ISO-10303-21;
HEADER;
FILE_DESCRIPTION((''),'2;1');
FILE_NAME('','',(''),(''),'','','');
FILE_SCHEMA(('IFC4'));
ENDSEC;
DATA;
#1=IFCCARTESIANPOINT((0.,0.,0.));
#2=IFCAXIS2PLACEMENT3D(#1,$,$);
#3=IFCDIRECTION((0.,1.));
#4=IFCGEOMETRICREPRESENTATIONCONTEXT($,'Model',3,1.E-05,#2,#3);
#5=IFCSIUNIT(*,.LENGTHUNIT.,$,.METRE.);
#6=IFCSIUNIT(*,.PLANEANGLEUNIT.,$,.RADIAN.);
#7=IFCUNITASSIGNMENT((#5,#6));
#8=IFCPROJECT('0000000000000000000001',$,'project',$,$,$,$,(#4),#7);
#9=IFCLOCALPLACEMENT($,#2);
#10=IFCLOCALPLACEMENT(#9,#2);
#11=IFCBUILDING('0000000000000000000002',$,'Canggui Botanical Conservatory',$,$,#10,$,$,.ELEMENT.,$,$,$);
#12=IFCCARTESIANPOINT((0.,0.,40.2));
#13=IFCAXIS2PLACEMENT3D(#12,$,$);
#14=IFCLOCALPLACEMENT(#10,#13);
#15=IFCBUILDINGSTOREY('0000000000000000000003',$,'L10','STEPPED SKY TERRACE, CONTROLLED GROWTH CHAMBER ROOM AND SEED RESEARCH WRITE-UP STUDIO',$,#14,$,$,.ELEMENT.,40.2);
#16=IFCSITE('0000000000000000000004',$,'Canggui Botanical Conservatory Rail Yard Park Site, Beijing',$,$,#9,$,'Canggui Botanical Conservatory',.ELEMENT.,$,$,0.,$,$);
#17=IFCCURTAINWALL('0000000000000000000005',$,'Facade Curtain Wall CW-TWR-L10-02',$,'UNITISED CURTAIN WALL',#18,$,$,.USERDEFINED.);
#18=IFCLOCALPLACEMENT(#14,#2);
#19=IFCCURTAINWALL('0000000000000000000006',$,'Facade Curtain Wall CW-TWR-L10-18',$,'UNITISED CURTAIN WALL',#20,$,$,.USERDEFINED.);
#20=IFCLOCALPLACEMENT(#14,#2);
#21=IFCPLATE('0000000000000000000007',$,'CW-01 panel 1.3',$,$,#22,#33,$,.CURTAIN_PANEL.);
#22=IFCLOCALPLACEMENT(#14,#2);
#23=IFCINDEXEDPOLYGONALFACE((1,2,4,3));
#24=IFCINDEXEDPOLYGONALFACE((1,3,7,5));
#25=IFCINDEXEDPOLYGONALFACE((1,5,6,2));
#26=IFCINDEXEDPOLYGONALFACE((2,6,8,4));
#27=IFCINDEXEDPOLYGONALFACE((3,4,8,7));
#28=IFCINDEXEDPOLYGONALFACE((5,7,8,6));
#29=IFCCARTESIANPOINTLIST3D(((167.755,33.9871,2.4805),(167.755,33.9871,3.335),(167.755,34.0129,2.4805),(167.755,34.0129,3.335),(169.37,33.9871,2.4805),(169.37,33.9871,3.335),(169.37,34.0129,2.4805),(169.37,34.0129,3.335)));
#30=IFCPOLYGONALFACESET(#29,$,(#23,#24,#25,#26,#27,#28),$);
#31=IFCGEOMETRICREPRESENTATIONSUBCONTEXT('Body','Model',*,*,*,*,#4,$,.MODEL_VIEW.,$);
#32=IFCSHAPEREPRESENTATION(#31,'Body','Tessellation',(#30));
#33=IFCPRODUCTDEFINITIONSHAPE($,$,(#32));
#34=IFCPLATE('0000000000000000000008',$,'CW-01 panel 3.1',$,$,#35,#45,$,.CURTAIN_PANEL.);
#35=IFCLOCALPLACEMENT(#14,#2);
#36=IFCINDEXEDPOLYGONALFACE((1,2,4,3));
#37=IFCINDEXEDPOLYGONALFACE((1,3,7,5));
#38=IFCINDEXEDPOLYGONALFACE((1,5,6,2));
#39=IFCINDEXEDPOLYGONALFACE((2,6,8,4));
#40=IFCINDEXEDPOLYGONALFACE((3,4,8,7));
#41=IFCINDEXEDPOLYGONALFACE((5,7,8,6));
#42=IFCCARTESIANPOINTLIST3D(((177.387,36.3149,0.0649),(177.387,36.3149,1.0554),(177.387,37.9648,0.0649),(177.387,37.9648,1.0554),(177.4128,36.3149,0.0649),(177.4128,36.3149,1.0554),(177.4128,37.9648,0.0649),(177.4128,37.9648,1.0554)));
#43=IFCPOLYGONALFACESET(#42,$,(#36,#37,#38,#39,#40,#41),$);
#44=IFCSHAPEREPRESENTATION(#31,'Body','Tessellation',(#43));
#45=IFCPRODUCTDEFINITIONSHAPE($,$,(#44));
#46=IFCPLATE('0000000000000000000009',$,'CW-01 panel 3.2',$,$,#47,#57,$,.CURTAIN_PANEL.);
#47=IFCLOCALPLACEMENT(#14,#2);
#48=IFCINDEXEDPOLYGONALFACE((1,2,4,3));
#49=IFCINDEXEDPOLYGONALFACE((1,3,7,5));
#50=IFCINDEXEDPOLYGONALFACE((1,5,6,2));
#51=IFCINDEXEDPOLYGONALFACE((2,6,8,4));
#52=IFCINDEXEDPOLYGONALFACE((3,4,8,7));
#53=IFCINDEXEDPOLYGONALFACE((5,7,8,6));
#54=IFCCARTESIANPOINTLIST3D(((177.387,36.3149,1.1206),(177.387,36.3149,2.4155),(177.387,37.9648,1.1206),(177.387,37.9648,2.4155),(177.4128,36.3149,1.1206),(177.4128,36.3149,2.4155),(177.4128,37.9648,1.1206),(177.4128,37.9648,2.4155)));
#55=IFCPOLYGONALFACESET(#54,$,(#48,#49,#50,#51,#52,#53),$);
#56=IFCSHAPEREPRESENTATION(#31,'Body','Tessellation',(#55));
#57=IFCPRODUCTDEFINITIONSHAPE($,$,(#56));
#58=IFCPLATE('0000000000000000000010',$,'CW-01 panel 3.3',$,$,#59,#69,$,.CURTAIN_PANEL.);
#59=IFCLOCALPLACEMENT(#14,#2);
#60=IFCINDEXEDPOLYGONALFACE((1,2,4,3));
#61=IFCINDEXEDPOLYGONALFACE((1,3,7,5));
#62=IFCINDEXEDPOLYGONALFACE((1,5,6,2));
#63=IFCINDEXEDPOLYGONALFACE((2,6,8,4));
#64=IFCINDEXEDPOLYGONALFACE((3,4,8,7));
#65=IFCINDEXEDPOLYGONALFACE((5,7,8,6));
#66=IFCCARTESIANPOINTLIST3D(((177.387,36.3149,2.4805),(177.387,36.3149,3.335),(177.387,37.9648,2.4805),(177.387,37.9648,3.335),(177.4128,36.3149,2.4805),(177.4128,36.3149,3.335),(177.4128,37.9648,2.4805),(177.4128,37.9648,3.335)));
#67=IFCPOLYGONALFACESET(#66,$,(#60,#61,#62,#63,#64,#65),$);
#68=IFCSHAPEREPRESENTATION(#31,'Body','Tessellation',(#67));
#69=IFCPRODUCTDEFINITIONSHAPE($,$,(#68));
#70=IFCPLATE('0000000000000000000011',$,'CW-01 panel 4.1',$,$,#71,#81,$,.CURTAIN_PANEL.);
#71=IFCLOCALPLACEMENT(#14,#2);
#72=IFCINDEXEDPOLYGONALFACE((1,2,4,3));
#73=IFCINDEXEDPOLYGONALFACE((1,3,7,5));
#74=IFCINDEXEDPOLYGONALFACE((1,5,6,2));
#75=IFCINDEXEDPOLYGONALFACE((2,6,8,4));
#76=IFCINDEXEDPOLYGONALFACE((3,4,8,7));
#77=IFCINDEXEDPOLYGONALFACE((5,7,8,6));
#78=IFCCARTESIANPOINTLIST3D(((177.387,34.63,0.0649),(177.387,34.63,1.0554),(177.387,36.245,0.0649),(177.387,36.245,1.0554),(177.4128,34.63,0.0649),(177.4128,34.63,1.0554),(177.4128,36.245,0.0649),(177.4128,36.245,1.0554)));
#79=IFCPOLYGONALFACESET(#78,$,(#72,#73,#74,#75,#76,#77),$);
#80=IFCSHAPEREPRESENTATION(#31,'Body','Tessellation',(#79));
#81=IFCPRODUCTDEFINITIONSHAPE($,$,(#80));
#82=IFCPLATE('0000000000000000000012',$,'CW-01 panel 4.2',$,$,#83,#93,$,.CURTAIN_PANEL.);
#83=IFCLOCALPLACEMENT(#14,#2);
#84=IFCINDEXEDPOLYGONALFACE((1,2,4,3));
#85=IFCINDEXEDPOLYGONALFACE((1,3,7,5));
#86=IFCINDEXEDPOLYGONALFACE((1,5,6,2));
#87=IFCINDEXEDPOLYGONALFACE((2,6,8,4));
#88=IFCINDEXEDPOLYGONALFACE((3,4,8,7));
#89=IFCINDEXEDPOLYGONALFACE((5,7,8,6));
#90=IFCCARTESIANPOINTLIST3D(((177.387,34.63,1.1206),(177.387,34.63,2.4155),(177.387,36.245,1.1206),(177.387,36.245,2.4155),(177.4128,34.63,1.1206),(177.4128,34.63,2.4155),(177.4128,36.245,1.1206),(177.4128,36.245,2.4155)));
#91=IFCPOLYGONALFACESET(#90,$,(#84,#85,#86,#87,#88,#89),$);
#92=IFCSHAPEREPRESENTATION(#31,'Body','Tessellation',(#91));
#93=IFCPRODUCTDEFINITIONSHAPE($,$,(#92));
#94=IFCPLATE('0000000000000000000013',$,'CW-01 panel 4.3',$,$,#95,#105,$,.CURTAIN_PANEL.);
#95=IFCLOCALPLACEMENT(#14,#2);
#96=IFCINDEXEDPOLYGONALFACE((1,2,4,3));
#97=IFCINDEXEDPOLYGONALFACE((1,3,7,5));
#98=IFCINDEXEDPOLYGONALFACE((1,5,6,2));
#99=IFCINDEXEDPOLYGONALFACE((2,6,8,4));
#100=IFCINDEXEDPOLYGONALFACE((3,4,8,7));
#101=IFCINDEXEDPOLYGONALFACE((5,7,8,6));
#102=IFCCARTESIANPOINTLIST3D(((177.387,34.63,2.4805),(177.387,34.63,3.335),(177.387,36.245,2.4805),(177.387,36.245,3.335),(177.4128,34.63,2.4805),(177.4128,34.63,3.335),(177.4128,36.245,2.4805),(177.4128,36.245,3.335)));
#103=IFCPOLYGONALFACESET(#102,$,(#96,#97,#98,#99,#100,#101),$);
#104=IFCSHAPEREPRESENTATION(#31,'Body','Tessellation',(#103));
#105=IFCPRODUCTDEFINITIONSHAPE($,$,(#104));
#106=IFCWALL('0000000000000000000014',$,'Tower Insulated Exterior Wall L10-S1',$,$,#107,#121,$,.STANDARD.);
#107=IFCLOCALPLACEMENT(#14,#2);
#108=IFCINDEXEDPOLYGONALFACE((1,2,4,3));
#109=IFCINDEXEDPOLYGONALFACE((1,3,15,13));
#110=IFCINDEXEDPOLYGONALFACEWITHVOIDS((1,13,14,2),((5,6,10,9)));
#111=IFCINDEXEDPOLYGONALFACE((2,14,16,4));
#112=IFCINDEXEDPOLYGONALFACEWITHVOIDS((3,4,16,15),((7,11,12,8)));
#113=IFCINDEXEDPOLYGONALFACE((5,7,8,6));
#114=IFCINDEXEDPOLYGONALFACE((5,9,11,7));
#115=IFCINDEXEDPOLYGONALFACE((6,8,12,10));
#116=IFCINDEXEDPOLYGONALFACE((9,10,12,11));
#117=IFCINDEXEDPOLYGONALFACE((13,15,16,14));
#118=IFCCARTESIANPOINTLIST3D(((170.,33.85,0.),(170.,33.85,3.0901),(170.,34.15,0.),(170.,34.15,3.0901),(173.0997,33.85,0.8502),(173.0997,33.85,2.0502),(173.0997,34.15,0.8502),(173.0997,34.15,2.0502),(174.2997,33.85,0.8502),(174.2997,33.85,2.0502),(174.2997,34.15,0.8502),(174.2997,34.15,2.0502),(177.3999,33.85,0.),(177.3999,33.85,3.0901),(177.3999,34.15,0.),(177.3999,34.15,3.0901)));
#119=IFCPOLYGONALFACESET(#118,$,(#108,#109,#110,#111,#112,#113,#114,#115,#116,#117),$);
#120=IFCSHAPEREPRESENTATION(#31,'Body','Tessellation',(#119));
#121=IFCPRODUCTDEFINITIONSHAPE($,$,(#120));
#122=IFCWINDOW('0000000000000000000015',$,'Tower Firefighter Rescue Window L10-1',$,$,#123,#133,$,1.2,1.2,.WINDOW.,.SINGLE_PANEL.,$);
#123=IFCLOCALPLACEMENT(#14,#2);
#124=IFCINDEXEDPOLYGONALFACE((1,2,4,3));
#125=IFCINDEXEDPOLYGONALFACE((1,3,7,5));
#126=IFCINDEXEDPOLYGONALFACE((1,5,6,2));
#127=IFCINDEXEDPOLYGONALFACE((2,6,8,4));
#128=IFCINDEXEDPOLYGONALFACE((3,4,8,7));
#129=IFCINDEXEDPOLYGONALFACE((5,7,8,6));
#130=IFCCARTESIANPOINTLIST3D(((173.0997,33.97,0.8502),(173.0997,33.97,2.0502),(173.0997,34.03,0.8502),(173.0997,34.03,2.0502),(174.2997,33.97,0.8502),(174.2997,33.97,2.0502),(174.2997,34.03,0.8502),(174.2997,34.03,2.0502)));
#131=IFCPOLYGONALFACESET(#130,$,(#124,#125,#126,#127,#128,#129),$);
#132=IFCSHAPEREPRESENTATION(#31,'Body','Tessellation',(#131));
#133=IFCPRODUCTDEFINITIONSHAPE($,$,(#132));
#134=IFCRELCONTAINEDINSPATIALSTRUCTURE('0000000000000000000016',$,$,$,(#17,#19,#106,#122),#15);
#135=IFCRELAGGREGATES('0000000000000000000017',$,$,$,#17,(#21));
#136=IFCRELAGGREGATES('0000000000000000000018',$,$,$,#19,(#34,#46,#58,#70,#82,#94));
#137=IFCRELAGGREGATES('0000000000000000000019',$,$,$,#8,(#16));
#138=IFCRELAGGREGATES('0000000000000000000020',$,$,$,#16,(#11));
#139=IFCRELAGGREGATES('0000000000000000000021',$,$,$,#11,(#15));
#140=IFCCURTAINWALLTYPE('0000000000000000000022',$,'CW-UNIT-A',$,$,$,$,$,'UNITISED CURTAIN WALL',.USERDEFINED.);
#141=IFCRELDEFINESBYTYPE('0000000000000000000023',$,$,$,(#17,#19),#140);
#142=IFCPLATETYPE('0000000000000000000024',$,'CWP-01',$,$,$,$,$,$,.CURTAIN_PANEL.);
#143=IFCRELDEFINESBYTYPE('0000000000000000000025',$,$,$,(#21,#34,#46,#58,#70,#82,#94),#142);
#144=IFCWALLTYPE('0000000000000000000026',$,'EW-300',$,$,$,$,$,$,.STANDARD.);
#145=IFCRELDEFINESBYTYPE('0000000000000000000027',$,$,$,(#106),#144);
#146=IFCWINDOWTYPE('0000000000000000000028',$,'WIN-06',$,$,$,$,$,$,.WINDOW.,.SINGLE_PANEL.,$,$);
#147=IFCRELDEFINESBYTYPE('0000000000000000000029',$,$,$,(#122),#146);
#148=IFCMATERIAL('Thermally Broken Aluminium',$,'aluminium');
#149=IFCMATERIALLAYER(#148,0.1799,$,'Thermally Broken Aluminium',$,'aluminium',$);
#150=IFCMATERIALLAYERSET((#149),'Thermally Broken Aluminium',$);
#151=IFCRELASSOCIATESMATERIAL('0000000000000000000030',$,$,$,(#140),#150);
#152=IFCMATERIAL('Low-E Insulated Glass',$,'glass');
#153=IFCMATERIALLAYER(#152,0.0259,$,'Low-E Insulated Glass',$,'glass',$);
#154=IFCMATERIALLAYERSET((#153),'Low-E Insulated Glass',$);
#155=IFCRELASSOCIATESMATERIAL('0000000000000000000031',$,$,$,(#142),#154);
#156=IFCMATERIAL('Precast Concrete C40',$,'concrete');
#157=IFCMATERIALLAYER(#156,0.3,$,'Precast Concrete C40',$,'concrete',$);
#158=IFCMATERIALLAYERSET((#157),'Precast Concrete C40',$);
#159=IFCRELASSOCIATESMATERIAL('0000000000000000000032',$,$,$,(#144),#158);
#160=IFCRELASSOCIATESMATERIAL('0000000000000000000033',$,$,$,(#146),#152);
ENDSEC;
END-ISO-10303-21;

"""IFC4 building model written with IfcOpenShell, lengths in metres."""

from ifc_helpers import new_model, si_unit, direction, frame, frame_2d, origin, origin_2d, place, context, subcontext, project, spatial, rectangle, extrude, material, layer, layer_set, type_object, element, fill, aggregate, save


model = new_model("IFC4")

# Units and contexts
model_context = context("Model", 3, precision=1e-05, world=origin(), true_north=direction((0.0, 1.0)))
body_context = subcontext(model_context, "Body", "Model", "MODEL_VIEW")
ifc_project = project(units=[si_unit("LENGTHUNIT", "METRE"), si_unit("PLANEANGLEUNIT", "RADIAN")], contexts=[model_context])

# Site, building, storey
site_placement = place(None, origin())
site = spatial("IfcSite", under=ifc_project, at=site_placement, Name="Canggui Botanical Conservatory Rail Yard Park Site, Beijing", LongName="Canggui Botanical Conservatory", CompositionType="ELEMENT", RefElevation=0.0)
building_placement = place(site_placement, origin())
building = spatial("IfcBuilding", under=site, at=building_placement, Name="Canggui Botanical Conservatory", CompositionType="ELEMENT")
storey_placement = place(building_placement, frame((0.0, 0.0, 40.2)))
storey = spatial("IfcBuildingStorey", under=building, at=storey_placement, Name="L10", Description="STEPPED SKY TERRACE, CONTROLLED GROWTH CHAMBER ROOM AND SEED RESEARCH WRITE-UP STUDIO", CompositionType="ELEMENT", Elevation=40.2)

# Curtain walls
ifc_material_1 = material(Name="Thermally Broken Aluminium", Category="aluminium")
ifc_layer_1 = layer(ifc_material_1, 0.1799, Name="Thermally Broken Aluminium", Category="aluminium")
ifc_layer_set_1 = layer_set([ifc_layer_1], Name="Thermally Broken Aluminium")
curtain_wall_type = type_object("IfcCurtainWallType", Name="CW-UNIT-A", ElementType="UNITISED CURTAIN WALL", PredefinedType="USERDEFINED", material=ifc_layer_set_1)
curtain_wall_1_placement = place(storey_placement, origin())
curtain_wall_1 = element("IfcCurtainWall", 1, at=curtain_wall_1_placement, inside=storey, type_object=curtain_wall_type, Name="Facade Curtain Wall CW-TWR-L10-02", ObjectType="UNITISED CURTAIN WALL", PredefinedType="USERDEFINED")
curtain_wall_2_placement = place(storey_placement, origin())
curtain_wall_2 = element("IfcCurtainWall", 2, at=curtain_wall_2_placement, inside=storey, type_object=curtain_wall_type, Name="Facade Curtain Wall CW-TWR-L10-18", ObjectType="UNITISED CURTAIN WALL", PredefinedType="USERDEFINED")

# Plates
ifc_material_2 = material(Name="Low-E Insulated Glass", Category="glass")
ifc_layer_2 = layer(ifc_material_2, 0.0259, Name="Low-E Insulated Glass", Category="glass")
ifc_layer_set_2 = layer_set([ifc_layer_2], Name="Low-E Insulated Glass")
plate_type = type_object("IfcPlateType", Name="CWP-01", PredefinedType="CURTAIN_PANEL", material=ifc_layer_set_2)
plate_1_placement = place(storey_placement, frame((168.5625, 34.0, 2.4805), z_axis=(0.0, 0.0, 1.0), x_axis=(-1.0, 0.0, 0.0)))
plate_1 = element("IfcPlate", 3, at=plate_1_placement, type_object=plate_type, Name="CW-01 panel 1.3", PredefinedType="CURTAIN_PANEL", context=body_context, shape_type="SweptSolid", body=[
    extrude(rectangle(XDim=1.615, YDim=0.0259, at=origin_2d()), origin(), (0.0, 0.0, 1.0), 0.8545),
])
aggregate(curtain_wall_1, [plate_1])
plate_2_placement = place(storey_placement, frame((177.3999, 37.1399, 0.0649), z_axis=(0.0, 0.0, 1.0), x_axis=(0.0, -1.0, 0.0)))
plate_2 = element("IfcPlate", 4, at=plate_2_placement, type_object=plate_type, Name="CW-01 panel 3.1", PredefinedType="CURTAIN_PANEL", context=body_context, shape_type="SweptSolid", body=[
    extrude(rectangle(XDim=1.6499, YDim=0.0259, at=origin_2d()), origin(), (0.0, 0.0, 1.0), 0.9905),
])
plate_3_placement = place(storey_placement, frame((177.3999, 37.1399, 1.1206), z_axis=(0.0, 0.0, 1.0), x_axis=(0.0, -1.0, 0.0)))
plate_3 = element("IfcPlate", 5, at=plate_3_placement, type_object=plate_type, Name="CW-01 panel 3.2", PredefinedType="CURTAIN_PANEL", context=body_context, shape_type="SweptSolid", body=[
    extrude(rectangle(XDim=1.6499, YDim=0.0259, at=origin_2d()), origin(), (0.0, 0.0, 1.0), 1.2949),
])
plate_4_placement = place(storey_placement, frame((177.3999, 37.1399, 2.4805), z_axis=(0.0, 0.0, 1.0), x_axis=(0.0, -1.0, 0.0)))
plate_4 = element("IfcPlate", 6, at=plate_4_placement, type_object=plate_type, Name="CW-01 panel 3.3", PredefinedType="CURTAIN_PANEL", context=body_context, shape_type="SweptSolid", body=[
    extrude(rectangle(XDim=1.6499, YDim=0.0259, at=origin_2d()), origin(), (0.0, 0.0, 1.0), 0.8545),
])
plate_5_placement = place(storey_placement, frame((177.3999, 35.4375, 0.0649), z_axis=(0.0, 0.0, 1.0), x_axis=(0.0, -1.0, 0.0)))
plate_5 = element("IfcPlate", 7, at=plate_5_placement, type_object=plate_type, Name="CW-01 panel 4.1", PredefinedType="CURTAIN_PANEL", context=body_context, shape_type="SweptSolid", body=[
    extrude(rectangle(XDim=1.615, YDim=0.0259, at=origin_2d()), origin(), (0.0, 0.0, 1.0), 0.9905),
])
plate_6_placement = place(storey_placement, frame((177.3999, 35.4375, 1.1206), z_axis=(0.0, 0.0, 1.0), x_axis=(0.0, -1.0, 0.0)))
plate_6 = element("IfcPlate", 8, at=plate_6_placement, type_object=plate_type, Name="CW-01 panel 4.2", PredefinedType="CURTAIN_PANEL", context=body_context, shape_type="SweptSolid", body=[
    extrude(rectangle(XDim=1.615, YDim=0.0259, at=origin_2d()), origin(), (0.0, 0.0, 1.0), 1.2949),
])
plate_7_placement = place(storey_placement, frame((177.3999, 35.4375, 2.4805), z_axis=(0.0, 0.0, 1.0), x_axis=(0.0, -1.0, 0.0)))
plate_7 = element("IfcPlate", 9, at=plate_7_placement, type_object=plate_type, Name="CW-01 panel 4.3", PredefinedType="CURTAIN_PANEL", context=body_context, shape_type="SweptSolid", body=[
    extrude(rectangle(XDim=1.615, YDim=0.0259, at=origin_2d()), origin(), (0.0, 0.0, 1.0), 0.8545),
])
aggregate(curtain_wall_2, [plate_2, plate_3, plate_4, plate_5, plate_6, plate_7])

# Wall, opening, window
ifc_material_3 = material(Name="Precast Concrete C40", Category="concrete")
ifc_layer_3 = layer(ifc_material_3, 0.3, Name="Precast Concrete C40", Category="concrete")
ifc_layer_set_3 = layer_set([ifc_layer_3], Name="Precast Concrete C40")
wall_type = type_object("IfcWallType", Name="EW-300", PredefinedType="STANDARD", material=ifc_layer_set_3)
wall_placement = place(storey_placement, frame((177.3999, 34.0, 0.0), z_axis=(0.0, 0.0, 1.0), x_axis=(-1.0, 0.0, 0.0)))
wall = element("IfcWall", 10, at=wall_placement, inside=storey, type_object=wall_type, Name="Tower Insulated Exterior Wall L10-S1", PredefinedType="STANDARD", context=body_context, shape_type="SweptSolid", body=[
    extrude(rectangle(XDim=7.3999, YDim=0.3, at=frame_2d((3.7, 0.0))), origin(), (0.0, 0.0, 1.0), 3.0901),
])
opening_placement = place(wall_placement, frame((3.1001, 0.0, 0.8501)))
opening = element("IfcOpeningElement", 11, at=opening_placement, cuts=wall, PredefinedType="OPENING", context=body_context, shape_type="SweptSolid", body=[
    extrude(rectangle(XDim=1.2, YDim=1.2, at=frame_2d((0.6001, 0.6001))), frame((0.0, 0.1602, 0.0), z_axis=(0.0, -1.0, 0.0), x_axis=(1.0, 0.0, 0.0)), (0.0, 0.0, 1.0), 0.3201),
])
window_type = type_object("IfcWindowType", Name="WIN-06", PartitioningType="SINGLE_PANEL", PredefinedType="WINDOW", material=ifc_material_2)
window_placement = place(opening_placement, origin())
window = element("IfcWindow", 12, at=window_placement, inside=storey, type_object=window_type, Name="Tower Firefighter Rescue Window L10-1", OverallHeight=1.2, OverallWidth=1.2, PartitioningType="SINGLE_PANEL", PredefinedType="WINDOW", context=body_context, shape_type="SweptSolid", body=[
    extrude(rectangle(XDim=1.2, YDim=1.2, at=frame_2d((0.6001, 0.6001))), frame((0.0, 0.03, 0.0), z_axis=(0.0, -1.0, 0.0), x_axis=(1.0, 0.0, 0.0)), (0.0, 0.0, 1.0), 0.0601),
])
fill(opening, window)

save(model, "model.ifc")
